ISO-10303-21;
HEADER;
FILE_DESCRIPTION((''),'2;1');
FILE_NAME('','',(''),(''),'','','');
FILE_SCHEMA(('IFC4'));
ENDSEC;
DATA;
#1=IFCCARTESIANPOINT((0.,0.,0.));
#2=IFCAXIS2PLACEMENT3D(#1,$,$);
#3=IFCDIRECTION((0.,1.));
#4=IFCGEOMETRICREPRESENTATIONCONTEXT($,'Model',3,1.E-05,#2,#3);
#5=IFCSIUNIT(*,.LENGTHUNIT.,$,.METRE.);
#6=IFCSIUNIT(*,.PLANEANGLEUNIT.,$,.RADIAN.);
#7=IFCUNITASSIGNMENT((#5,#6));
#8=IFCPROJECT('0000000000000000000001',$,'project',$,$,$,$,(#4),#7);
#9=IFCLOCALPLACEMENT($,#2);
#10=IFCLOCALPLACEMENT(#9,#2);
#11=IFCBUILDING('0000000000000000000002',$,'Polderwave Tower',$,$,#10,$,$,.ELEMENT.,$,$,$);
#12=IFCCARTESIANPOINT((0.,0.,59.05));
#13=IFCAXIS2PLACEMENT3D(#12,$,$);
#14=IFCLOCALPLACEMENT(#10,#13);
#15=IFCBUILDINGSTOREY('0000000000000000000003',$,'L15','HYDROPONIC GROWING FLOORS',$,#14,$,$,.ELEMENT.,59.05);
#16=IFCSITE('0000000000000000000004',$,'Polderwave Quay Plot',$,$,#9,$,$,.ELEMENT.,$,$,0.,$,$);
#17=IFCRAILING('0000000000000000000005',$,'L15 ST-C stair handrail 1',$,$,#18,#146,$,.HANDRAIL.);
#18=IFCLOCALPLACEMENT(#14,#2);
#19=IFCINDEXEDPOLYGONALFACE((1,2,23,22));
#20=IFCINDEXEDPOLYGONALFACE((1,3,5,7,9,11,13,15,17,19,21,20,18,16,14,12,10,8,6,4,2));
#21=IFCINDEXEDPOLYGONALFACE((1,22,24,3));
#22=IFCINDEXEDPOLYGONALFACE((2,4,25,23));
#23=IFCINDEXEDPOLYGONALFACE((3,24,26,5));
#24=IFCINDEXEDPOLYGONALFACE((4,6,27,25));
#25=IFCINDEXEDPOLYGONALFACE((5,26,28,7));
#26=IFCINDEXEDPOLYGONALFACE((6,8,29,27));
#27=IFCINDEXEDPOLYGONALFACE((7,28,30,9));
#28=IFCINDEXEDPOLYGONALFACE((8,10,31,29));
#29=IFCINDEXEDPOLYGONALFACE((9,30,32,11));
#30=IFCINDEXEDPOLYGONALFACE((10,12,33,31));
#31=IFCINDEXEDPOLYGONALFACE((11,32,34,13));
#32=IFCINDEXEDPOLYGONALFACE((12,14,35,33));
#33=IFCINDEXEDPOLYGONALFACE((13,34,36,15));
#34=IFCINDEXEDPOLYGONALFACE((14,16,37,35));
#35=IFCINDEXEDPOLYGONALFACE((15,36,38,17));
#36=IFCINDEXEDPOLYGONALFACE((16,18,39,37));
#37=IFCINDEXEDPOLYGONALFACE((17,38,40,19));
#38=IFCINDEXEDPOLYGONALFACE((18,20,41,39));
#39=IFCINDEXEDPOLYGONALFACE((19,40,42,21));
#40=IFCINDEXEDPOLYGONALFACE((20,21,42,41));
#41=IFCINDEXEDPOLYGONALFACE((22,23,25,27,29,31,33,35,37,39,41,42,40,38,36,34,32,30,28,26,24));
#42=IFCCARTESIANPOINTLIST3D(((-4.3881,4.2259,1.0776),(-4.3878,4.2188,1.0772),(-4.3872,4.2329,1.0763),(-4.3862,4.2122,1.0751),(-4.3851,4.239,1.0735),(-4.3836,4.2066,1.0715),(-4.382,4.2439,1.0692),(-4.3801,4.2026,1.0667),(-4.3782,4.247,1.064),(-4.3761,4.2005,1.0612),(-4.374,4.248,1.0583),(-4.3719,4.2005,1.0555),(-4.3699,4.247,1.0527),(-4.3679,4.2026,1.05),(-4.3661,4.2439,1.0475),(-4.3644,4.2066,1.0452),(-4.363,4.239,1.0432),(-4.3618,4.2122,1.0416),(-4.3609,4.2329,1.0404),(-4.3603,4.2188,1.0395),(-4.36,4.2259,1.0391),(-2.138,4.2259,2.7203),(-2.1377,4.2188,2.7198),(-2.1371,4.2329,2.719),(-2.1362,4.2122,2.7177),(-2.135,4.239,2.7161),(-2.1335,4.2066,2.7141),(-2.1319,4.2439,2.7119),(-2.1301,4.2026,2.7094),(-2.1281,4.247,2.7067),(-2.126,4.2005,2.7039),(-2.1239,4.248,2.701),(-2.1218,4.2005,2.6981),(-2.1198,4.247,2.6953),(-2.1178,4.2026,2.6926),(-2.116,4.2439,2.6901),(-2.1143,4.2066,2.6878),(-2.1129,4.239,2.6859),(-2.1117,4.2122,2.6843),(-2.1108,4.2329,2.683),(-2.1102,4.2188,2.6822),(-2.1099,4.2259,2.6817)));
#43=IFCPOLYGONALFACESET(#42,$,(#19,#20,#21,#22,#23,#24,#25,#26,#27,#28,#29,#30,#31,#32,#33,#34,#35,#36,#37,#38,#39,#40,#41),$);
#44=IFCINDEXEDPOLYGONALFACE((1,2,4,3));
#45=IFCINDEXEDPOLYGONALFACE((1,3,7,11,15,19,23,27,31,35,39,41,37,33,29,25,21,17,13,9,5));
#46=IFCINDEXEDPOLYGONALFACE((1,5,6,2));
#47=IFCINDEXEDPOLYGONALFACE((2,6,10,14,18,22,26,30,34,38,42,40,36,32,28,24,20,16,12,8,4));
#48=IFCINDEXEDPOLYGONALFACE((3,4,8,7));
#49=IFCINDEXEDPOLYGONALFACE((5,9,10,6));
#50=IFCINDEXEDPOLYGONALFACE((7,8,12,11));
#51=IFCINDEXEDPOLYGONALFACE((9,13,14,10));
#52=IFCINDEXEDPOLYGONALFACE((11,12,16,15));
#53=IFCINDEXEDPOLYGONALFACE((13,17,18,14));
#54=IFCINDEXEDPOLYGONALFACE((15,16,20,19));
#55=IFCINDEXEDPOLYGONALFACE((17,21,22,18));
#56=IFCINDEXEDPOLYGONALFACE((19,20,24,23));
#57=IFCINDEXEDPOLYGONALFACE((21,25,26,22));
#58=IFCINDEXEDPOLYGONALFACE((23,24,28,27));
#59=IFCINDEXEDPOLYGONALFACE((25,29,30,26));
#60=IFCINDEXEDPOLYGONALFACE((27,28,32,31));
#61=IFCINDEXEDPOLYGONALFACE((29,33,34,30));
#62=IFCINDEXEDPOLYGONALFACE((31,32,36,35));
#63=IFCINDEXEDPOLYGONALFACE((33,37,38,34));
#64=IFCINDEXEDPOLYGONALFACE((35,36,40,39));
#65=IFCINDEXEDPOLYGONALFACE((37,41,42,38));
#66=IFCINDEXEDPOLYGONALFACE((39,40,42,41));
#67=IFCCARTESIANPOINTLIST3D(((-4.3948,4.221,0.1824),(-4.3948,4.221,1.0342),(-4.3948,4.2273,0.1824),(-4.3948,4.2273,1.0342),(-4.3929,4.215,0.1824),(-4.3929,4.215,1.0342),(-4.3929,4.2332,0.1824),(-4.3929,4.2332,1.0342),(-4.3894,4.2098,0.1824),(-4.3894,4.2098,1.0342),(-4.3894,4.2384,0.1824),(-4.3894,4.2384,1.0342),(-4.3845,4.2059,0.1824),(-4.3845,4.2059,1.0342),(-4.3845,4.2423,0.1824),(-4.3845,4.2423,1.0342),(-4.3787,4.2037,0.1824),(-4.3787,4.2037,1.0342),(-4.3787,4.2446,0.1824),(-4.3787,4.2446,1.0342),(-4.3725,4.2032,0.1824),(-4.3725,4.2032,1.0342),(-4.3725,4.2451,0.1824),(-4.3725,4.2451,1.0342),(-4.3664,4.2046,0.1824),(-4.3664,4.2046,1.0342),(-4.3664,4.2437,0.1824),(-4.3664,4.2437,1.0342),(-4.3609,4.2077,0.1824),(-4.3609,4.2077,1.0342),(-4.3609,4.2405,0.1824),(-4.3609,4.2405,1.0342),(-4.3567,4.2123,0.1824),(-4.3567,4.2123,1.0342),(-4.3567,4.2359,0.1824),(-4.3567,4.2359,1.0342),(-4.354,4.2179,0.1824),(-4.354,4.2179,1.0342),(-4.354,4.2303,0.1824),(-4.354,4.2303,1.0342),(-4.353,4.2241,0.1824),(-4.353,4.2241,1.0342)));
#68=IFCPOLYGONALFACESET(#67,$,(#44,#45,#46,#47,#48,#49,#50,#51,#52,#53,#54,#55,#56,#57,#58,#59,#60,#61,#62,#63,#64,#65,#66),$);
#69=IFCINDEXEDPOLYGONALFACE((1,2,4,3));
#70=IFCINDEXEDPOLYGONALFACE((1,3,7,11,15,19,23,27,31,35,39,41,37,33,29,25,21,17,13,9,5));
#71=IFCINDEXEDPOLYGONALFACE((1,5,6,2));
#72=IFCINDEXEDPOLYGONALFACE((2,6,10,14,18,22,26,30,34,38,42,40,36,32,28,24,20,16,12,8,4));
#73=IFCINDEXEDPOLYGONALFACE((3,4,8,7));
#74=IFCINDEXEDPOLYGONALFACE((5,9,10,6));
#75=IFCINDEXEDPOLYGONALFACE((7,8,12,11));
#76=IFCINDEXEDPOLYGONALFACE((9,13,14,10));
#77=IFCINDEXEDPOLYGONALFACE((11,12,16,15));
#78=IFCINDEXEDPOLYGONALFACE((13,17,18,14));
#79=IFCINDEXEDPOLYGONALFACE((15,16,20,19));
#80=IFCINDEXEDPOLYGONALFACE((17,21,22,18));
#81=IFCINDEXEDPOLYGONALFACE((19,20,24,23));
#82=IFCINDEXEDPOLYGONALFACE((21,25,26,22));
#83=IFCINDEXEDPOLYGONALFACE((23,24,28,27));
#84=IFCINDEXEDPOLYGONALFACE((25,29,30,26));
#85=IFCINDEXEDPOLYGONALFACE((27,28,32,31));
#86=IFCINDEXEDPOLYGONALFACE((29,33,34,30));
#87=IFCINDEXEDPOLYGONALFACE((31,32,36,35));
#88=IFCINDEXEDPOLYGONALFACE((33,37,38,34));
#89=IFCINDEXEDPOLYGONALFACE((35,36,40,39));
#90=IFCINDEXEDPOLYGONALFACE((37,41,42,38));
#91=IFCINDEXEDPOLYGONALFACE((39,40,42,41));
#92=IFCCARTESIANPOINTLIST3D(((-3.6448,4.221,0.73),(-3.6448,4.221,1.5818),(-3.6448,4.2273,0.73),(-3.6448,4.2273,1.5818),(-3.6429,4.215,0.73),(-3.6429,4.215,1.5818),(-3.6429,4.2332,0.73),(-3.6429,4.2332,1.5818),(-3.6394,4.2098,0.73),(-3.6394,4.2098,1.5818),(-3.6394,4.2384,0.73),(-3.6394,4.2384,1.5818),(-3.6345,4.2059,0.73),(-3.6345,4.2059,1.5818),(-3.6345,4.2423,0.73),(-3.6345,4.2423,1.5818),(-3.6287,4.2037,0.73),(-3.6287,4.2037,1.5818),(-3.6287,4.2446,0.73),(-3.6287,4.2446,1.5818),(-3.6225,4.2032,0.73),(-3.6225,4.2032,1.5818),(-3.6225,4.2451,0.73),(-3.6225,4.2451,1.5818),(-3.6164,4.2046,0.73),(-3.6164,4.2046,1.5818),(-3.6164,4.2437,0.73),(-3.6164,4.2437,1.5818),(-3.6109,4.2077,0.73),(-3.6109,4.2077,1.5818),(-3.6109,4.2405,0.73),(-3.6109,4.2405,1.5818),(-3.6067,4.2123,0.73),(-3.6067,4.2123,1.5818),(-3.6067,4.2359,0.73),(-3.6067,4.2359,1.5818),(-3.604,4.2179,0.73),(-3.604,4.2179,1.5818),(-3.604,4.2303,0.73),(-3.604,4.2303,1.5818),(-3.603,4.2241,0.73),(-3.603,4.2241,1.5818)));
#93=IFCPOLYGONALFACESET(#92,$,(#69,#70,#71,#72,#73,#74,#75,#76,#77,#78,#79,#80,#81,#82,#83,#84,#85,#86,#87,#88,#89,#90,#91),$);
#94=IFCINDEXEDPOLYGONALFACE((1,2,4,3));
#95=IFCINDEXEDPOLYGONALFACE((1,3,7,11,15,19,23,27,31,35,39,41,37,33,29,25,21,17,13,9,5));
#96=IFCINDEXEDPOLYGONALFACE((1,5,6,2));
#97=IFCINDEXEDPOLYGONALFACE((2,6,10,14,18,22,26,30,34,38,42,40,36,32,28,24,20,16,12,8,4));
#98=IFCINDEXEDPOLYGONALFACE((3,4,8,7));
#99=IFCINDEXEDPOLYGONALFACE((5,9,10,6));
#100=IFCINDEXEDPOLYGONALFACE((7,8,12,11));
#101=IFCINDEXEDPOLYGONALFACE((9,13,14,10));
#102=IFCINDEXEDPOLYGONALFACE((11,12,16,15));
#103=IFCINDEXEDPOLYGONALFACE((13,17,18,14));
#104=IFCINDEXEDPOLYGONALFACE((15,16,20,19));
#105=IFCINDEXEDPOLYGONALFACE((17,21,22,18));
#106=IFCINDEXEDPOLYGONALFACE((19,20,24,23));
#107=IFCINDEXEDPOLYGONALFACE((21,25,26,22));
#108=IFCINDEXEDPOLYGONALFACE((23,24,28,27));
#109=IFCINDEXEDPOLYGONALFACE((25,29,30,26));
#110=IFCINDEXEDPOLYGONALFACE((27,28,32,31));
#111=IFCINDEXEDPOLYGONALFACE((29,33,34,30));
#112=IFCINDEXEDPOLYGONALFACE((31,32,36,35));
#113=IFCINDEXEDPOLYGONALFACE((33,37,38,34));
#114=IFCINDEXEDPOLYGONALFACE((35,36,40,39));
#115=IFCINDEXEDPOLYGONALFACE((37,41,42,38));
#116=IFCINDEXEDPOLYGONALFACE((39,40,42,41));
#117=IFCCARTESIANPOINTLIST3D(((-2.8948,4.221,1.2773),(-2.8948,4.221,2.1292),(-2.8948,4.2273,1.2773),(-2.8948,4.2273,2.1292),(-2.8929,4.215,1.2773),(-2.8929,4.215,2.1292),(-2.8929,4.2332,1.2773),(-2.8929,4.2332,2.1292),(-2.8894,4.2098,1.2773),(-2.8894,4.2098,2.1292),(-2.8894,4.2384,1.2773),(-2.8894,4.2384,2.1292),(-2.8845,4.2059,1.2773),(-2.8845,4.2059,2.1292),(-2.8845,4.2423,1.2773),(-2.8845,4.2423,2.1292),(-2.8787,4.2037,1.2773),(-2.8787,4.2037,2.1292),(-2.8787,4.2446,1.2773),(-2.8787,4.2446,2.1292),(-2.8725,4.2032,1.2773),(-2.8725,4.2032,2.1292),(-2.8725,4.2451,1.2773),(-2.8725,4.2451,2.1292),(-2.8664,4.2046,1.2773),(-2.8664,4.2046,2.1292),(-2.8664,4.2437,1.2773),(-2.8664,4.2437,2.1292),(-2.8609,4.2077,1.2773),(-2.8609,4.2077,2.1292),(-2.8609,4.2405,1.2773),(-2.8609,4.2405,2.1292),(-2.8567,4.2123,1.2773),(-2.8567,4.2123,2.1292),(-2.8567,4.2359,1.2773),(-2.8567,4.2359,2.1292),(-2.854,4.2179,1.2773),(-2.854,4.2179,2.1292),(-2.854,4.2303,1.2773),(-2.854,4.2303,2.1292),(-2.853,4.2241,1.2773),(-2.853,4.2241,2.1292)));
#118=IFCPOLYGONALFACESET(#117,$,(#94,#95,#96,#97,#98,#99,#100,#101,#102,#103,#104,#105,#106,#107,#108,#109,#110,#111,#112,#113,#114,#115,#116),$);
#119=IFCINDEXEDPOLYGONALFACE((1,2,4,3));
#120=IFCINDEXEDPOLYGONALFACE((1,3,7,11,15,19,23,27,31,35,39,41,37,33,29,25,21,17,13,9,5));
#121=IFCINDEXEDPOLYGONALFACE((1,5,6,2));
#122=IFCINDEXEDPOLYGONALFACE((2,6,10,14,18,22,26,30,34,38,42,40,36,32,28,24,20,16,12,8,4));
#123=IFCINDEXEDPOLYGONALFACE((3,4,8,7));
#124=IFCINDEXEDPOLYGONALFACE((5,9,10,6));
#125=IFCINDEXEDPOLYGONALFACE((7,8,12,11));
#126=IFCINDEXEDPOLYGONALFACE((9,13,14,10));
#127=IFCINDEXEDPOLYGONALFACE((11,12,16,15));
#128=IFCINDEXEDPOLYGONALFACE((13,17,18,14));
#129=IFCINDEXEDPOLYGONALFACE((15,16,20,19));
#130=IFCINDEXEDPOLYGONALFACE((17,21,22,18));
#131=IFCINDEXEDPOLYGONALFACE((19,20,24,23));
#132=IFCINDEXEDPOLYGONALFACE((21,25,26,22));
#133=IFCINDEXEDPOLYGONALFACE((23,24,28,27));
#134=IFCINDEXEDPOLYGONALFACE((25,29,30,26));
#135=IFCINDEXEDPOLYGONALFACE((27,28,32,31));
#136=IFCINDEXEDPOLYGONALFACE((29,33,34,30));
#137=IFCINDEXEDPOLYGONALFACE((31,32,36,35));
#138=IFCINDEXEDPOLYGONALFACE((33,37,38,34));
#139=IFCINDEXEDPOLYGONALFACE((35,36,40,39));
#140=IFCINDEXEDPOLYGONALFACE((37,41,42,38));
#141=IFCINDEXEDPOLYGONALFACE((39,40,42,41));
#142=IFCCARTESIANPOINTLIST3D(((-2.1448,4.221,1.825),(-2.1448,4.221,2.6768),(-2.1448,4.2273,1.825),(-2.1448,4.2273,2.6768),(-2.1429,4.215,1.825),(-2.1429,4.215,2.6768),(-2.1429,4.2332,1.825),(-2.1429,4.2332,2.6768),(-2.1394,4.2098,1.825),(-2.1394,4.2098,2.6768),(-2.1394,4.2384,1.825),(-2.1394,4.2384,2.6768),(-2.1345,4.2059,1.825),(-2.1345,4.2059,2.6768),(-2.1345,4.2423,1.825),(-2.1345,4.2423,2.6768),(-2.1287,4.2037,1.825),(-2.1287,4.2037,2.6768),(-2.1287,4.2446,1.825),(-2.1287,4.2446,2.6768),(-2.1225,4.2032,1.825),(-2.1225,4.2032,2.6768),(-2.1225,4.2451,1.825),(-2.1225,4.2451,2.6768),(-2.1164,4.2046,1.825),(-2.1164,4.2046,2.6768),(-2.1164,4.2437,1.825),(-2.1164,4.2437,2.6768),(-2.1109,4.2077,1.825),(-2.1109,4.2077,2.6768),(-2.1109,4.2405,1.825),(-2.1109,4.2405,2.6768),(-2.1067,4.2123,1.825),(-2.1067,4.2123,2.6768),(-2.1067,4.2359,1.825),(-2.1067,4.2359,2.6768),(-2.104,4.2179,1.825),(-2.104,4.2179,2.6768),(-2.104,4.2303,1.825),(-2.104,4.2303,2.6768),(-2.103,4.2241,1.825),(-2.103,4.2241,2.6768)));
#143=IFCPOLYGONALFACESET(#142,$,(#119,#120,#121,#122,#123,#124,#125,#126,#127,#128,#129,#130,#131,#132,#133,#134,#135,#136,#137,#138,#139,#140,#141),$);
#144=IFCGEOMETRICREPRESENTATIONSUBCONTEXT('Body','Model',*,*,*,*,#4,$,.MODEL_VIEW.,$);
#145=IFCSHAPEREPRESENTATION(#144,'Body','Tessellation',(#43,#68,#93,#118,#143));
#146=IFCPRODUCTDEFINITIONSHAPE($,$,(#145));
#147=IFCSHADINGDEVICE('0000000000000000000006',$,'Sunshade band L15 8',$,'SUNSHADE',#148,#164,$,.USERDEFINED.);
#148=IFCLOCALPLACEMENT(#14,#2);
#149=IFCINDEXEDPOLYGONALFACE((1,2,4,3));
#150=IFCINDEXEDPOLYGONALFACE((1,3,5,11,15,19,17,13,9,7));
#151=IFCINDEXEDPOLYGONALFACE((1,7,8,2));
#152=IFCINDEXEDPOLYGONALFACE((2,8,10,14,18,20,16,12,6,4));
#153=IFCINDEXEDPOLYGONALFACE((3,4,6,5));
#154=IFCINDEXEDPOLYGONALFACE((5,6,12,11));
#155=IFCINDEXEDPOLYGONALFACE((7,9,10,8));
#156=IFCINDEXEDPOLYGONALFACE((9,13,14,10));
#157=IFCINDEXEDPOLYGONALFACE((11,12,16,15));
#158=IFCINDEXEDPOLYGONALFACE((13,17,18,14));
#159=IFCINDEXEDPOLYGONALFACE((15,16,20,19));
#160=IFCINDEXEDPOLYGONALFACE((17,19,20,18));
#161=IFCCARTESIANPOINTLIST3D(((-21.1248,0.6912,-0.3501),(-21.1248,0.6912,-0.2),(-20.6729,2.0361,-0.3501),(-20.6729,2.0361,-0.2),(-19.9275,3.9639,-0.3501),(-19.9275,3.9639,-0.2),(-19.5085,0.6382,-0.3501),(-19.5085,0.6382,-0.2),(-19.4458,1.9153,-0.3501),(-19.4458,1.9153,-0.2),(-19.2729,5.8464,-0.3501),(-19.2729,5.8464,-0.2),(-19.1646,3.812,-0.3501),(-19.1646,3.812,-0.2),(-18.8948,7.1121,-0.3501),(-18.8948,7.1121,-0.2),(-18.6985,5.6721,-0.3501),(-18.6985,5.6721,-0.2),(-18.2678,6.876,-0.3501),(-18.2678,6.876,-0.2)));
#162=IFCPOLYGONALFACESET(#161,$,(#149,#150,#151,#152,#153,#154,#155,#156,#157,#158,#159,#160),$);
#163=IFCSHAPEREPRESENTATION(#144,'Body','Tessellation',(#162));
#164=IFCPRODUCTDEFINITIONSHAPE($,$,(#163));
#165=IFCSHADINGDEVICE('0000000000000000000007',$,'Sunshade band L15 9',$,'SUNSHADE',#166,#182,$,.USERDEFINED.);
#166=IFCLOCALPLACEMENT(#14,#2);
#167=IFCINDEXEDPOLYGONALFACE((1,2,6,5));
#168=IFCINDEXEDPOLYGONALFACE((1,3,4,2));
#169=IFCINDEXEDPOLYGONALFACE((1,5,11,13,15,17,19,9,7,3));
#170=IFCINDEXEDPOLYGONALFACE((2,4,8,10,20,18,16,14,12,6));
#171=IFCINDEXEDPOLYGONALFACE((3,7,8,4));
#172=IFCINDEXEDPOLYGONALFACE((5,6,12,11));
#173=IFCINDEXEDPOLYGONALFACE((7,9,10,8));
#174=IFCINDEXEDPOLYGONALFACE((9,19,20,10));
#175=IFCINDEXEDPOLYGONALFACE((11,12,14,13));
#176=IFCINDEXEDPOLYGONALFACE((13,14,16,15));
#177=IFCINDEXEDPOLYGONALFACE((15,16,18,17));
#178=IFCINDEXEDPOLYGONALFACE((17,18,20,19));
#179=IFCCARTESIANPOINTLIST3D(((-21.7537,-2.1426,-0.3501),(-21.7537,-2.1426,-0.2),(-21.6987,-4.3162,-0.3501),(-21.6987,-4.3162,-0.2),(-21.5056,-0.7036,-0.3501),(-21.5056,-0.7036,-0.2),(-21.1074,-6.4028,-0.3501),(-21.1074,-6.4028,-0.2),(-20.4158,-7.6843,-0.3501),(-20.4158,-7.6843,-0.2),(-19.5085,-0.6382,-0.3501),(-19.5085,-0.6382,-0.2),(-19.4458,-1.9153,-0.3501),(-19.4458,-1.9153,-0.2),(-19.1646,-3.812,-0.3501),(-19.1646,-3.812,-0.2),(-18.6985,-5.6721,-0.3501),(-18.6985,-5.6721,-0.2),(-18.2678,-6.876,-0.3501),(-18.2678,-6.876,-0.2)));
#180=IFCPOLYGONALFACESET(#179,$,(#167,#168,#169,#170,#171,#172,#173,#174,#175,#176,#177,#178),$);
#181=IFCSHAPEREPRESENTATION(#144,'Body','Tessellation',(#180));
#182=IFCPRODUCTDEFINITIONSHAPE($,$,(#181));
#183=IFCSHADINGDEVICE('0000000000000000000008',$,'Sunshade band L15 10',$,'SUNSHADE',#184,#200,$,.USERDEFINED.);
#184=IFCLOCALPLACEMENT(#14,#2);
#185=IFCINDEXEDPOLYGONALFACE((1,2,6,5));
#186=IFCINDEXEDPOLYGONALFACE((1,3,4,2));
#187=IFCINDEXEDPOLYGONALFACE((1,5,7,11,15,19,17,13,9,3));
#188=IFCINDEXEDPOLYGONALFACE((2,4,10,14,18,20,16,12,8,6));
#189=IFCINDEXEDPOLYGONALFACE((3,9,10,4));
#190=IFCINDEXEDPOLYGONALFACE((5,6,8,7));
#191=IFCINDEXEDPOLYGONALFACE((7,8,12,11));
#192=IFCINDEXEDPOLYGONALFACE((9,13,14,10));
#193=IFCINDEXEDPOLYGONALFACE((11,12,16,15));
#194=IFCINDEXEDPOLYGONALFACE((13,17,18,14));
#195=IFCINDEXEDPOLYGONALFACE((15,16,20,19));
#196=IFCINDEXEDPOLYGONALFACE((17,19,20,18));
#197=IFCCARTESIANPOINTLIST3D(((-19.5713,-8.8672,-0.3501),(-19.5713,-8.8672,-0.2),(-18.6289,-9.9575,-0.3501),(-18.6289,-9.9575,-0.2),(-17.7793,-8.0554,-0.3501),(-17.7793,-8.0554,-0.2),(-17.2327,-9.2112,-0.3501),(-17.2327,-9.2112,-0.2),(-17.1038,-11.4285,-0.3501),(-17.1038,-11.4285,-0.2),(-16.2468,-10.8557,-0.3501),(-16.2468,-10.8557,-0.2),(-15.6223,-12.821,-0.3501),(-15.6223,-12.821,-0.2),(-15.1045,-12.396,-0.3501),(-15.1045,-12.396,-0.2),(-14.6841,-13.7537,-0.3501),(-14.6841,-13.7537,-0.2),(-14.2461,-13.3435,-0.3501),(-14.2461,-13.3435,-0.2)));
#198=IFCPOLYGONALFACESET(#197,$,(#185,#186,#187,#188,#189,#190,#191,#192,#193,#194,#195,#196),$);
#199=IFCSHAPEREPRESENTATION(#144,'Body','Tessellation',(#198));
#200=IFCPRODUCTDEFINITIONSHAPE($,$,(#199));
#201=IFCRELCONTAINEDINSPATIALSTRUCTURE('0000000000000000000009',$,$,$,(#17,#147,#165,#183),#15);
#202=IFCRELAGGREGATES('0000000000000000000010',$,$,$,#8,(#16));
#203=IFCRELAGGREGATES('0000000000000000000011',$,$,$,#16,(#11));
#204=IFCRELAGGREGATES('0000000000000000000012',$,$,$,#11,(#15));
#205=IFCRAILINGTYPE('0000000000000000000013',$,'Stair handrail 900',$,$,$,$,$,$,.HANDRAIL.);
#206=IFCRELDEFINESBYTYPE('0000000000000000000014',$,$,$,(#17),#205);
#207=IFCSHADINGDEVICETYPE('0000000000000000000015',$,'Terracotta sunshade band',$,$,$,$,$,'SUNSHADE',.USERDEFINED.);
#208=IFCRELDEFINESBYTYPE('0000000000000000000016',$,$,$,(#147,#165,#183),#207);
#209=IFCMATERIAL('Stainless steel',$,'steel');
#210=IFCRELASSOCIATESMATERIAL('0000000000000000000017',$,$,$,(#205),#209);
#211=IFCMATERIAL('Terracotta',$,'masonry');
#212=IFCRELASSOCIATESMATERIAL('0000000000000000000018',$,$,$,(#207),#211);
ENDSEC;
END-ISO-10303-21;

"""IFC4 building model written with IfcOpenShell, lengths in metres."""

from ifc_helpers import new_model, si_unit, direction, frame, origin, origin_2d, place, context, subcontext, project, spatial, polyline, circle, outline, extrude, material, type_object, element, save


model = new_model("IFC4")

# Units and contexts
model_context = context("Model", 3, precision=1e-05, world=origin(), true_north=direction((0.0, 1.0)))
body_context = subcontext(model_context, "Body", "Model", "MODEL_VIEW")
ifc_project = project(units=[si_unit("LENGTHUNIT", "METRE"), si_unit("PLANEANGLEUNIT", "RADIAN")], contexts=[model_context])

# Site, building, storey
site_placement = place(None, origin())
site = spatial("IfcSite", under=ifc_project, at=site_placement, Name="Polderwave Quay Plot", CompositionType="ELEMENT", RefElevation=0.0)
building_placement = place(site_placement, origin())
building = spatial("IfcBuilding", under=site, at=building_placement, Name="Polderwave Tower", CompositionType="ELEMENT")
storey_placement = place(building_placement, frame((0.0, 0.0, 59.05)))
storey = spatial("IfcBuildingStorey", under=building, at=storey_placement, Name="L15", Description="HYDROPONIC GROWING FLOORS", CompositionType="ELEMENT", Elevation=59.05)

# Railing
ifc_material_1 = material(Name="Stainless steel", Category="steel")
railing_type_1 = type_object("IfcRailingType", Name="Stair handrail 900", PredefinedType="HANDRAIL", material=ifc_material_1)
railing_1_placement = place(storey_placement, frame((-4.374, 4.2241, 0.1824)))
element("IfcRailing", 1, at=railing_1_placement, inside=storey, type_object=railing_type_1, Name="L15 ST-C stair handrail 1", PredefinedType="HANDRAIL", context=body_context, shape_type="SweptSolid", body=[
    extrude(circle(Radius=0.0239, at=origin_2d()), frame((0.0, 0.0, 0.876), z_axis=(0.807674, 0.0, 0.58963), x_axis=(0.0, 1.0, 0.0)), (0.0, 0.0, 1.0), 2.7859),
    extrude(circle(Radius=0.021, at=origin_2d()), origin(), (0.0, 0.0, 1.0), 0.8518),
    extrude(circle(Radius=0.021, at=origin_2d()), frame((0.75, 0.0, 0.5476)), (0.0, 0.0, 1.0), 0.8518),
    extrude(circle(Radius=0.021, at=origin_2d()), frame((1.5, 0.0, 1.095)), (0.0, 0.0, 1.0), 0.8518),
    extrude(circle(Radius=0.021, at=origin_2d()), frame((2.25, 0.0, 1.6426)), (0.0, 0.0, 1.0), 0.8518),
])

# Shading devices
ifc_material_2 = material(Name="Terracotta", Category="masonry")
shading_device_type = type_object("IfcShadingDeviceType", Name="Terracotta sunshade band", ElementType="SUNSHADE", PredefinedType="USERDEFINED", material=ifc_material_2)
shading_device_1_placement = place(storey_placement, frame((0.0, 0.0, -0.3501)))
element("IfcShadingDevice", 2, at=shading_device_1_placement, inside=storey, type_object=shading_device_type, Name="Sunshade band L15 8", ObjectType="SUNSHADE", PredefinedType="USERDEFINED", context=body_context, shape_type="SweptSolid", body=[
    extrude(outline(polyline([(-18.2678, 6.876), (-18.6985, 5.6721), (-19.1646, 3.812), (-19.4458, 1.9153), (-19.5085, 0.6382), (-21.1248, 0.6912), (-20.6729, 2.0361), (-19.9275, 3.9639), (-19.2729, 5.8464), (-18.8948, 7.1121), (-18.2678, 6.876)])), origin(), (0.0, 0.0, 1.0), 0.1501),
])
shading_device_2_placement = place(storey_placement, frame((0.0, 0.0, -0.3501)))
element("IfcShadingDevice", 3, at=shading_device_2_placement, inside=storey, type_object=shading_device_type, Name="Sunshade band L15 9", ObjectType="SUNSHADE", PredefinedType="USERDEFINED", context=body_context, shape_type="SweptSolid", body=[
    extrude(outline(polyline([(-19.5085, -0.6382), (-19.4458, -1.9153), (-19.1646, -3.812), (-18.6985, -5.6721), (-18.2678, -6.876), (-20.4158, -7.6843), (-21.1074, -6.4028), (-21.6987, -4.3162), (-21.7537, -2.1426), (-21.5056, -0.7036), (-19.5085, -0.6382)])), origin(), (0.0, 0.0, 1.0), 0.1501),
])
shading_device_3_placement = place(storey_placement, frame((0.0, 0.0, -0.3501)))
element("IfcShadingDevice", 4, at=shading_device_3_placement, inside=storey, type_object=shading_device_type, Name="Sunshade band L15 10", ObjectType="SUNSHADE", PredefinedType="USERDEFINED", context=body_context, shape_type="SweptSolid", body=[
    extrude(outline(polyline([(-17.7793, -8.0554), (-17.2327, -9.2112), (-16.2468, -10.8557), (-15.1045, -12.396), (-14.2461, -13.3435), (-14.6841, -13.7537), (-15.6223, -12.821), (-17.1038, -11.4285), (-18.6289, -9.9575), (-19.5713, -8.8672), (-17.7793, -8.0554)])), origin(), (0.0, 0.0, 1.0), 0.1501),
])

save(model, "model.ifc")
